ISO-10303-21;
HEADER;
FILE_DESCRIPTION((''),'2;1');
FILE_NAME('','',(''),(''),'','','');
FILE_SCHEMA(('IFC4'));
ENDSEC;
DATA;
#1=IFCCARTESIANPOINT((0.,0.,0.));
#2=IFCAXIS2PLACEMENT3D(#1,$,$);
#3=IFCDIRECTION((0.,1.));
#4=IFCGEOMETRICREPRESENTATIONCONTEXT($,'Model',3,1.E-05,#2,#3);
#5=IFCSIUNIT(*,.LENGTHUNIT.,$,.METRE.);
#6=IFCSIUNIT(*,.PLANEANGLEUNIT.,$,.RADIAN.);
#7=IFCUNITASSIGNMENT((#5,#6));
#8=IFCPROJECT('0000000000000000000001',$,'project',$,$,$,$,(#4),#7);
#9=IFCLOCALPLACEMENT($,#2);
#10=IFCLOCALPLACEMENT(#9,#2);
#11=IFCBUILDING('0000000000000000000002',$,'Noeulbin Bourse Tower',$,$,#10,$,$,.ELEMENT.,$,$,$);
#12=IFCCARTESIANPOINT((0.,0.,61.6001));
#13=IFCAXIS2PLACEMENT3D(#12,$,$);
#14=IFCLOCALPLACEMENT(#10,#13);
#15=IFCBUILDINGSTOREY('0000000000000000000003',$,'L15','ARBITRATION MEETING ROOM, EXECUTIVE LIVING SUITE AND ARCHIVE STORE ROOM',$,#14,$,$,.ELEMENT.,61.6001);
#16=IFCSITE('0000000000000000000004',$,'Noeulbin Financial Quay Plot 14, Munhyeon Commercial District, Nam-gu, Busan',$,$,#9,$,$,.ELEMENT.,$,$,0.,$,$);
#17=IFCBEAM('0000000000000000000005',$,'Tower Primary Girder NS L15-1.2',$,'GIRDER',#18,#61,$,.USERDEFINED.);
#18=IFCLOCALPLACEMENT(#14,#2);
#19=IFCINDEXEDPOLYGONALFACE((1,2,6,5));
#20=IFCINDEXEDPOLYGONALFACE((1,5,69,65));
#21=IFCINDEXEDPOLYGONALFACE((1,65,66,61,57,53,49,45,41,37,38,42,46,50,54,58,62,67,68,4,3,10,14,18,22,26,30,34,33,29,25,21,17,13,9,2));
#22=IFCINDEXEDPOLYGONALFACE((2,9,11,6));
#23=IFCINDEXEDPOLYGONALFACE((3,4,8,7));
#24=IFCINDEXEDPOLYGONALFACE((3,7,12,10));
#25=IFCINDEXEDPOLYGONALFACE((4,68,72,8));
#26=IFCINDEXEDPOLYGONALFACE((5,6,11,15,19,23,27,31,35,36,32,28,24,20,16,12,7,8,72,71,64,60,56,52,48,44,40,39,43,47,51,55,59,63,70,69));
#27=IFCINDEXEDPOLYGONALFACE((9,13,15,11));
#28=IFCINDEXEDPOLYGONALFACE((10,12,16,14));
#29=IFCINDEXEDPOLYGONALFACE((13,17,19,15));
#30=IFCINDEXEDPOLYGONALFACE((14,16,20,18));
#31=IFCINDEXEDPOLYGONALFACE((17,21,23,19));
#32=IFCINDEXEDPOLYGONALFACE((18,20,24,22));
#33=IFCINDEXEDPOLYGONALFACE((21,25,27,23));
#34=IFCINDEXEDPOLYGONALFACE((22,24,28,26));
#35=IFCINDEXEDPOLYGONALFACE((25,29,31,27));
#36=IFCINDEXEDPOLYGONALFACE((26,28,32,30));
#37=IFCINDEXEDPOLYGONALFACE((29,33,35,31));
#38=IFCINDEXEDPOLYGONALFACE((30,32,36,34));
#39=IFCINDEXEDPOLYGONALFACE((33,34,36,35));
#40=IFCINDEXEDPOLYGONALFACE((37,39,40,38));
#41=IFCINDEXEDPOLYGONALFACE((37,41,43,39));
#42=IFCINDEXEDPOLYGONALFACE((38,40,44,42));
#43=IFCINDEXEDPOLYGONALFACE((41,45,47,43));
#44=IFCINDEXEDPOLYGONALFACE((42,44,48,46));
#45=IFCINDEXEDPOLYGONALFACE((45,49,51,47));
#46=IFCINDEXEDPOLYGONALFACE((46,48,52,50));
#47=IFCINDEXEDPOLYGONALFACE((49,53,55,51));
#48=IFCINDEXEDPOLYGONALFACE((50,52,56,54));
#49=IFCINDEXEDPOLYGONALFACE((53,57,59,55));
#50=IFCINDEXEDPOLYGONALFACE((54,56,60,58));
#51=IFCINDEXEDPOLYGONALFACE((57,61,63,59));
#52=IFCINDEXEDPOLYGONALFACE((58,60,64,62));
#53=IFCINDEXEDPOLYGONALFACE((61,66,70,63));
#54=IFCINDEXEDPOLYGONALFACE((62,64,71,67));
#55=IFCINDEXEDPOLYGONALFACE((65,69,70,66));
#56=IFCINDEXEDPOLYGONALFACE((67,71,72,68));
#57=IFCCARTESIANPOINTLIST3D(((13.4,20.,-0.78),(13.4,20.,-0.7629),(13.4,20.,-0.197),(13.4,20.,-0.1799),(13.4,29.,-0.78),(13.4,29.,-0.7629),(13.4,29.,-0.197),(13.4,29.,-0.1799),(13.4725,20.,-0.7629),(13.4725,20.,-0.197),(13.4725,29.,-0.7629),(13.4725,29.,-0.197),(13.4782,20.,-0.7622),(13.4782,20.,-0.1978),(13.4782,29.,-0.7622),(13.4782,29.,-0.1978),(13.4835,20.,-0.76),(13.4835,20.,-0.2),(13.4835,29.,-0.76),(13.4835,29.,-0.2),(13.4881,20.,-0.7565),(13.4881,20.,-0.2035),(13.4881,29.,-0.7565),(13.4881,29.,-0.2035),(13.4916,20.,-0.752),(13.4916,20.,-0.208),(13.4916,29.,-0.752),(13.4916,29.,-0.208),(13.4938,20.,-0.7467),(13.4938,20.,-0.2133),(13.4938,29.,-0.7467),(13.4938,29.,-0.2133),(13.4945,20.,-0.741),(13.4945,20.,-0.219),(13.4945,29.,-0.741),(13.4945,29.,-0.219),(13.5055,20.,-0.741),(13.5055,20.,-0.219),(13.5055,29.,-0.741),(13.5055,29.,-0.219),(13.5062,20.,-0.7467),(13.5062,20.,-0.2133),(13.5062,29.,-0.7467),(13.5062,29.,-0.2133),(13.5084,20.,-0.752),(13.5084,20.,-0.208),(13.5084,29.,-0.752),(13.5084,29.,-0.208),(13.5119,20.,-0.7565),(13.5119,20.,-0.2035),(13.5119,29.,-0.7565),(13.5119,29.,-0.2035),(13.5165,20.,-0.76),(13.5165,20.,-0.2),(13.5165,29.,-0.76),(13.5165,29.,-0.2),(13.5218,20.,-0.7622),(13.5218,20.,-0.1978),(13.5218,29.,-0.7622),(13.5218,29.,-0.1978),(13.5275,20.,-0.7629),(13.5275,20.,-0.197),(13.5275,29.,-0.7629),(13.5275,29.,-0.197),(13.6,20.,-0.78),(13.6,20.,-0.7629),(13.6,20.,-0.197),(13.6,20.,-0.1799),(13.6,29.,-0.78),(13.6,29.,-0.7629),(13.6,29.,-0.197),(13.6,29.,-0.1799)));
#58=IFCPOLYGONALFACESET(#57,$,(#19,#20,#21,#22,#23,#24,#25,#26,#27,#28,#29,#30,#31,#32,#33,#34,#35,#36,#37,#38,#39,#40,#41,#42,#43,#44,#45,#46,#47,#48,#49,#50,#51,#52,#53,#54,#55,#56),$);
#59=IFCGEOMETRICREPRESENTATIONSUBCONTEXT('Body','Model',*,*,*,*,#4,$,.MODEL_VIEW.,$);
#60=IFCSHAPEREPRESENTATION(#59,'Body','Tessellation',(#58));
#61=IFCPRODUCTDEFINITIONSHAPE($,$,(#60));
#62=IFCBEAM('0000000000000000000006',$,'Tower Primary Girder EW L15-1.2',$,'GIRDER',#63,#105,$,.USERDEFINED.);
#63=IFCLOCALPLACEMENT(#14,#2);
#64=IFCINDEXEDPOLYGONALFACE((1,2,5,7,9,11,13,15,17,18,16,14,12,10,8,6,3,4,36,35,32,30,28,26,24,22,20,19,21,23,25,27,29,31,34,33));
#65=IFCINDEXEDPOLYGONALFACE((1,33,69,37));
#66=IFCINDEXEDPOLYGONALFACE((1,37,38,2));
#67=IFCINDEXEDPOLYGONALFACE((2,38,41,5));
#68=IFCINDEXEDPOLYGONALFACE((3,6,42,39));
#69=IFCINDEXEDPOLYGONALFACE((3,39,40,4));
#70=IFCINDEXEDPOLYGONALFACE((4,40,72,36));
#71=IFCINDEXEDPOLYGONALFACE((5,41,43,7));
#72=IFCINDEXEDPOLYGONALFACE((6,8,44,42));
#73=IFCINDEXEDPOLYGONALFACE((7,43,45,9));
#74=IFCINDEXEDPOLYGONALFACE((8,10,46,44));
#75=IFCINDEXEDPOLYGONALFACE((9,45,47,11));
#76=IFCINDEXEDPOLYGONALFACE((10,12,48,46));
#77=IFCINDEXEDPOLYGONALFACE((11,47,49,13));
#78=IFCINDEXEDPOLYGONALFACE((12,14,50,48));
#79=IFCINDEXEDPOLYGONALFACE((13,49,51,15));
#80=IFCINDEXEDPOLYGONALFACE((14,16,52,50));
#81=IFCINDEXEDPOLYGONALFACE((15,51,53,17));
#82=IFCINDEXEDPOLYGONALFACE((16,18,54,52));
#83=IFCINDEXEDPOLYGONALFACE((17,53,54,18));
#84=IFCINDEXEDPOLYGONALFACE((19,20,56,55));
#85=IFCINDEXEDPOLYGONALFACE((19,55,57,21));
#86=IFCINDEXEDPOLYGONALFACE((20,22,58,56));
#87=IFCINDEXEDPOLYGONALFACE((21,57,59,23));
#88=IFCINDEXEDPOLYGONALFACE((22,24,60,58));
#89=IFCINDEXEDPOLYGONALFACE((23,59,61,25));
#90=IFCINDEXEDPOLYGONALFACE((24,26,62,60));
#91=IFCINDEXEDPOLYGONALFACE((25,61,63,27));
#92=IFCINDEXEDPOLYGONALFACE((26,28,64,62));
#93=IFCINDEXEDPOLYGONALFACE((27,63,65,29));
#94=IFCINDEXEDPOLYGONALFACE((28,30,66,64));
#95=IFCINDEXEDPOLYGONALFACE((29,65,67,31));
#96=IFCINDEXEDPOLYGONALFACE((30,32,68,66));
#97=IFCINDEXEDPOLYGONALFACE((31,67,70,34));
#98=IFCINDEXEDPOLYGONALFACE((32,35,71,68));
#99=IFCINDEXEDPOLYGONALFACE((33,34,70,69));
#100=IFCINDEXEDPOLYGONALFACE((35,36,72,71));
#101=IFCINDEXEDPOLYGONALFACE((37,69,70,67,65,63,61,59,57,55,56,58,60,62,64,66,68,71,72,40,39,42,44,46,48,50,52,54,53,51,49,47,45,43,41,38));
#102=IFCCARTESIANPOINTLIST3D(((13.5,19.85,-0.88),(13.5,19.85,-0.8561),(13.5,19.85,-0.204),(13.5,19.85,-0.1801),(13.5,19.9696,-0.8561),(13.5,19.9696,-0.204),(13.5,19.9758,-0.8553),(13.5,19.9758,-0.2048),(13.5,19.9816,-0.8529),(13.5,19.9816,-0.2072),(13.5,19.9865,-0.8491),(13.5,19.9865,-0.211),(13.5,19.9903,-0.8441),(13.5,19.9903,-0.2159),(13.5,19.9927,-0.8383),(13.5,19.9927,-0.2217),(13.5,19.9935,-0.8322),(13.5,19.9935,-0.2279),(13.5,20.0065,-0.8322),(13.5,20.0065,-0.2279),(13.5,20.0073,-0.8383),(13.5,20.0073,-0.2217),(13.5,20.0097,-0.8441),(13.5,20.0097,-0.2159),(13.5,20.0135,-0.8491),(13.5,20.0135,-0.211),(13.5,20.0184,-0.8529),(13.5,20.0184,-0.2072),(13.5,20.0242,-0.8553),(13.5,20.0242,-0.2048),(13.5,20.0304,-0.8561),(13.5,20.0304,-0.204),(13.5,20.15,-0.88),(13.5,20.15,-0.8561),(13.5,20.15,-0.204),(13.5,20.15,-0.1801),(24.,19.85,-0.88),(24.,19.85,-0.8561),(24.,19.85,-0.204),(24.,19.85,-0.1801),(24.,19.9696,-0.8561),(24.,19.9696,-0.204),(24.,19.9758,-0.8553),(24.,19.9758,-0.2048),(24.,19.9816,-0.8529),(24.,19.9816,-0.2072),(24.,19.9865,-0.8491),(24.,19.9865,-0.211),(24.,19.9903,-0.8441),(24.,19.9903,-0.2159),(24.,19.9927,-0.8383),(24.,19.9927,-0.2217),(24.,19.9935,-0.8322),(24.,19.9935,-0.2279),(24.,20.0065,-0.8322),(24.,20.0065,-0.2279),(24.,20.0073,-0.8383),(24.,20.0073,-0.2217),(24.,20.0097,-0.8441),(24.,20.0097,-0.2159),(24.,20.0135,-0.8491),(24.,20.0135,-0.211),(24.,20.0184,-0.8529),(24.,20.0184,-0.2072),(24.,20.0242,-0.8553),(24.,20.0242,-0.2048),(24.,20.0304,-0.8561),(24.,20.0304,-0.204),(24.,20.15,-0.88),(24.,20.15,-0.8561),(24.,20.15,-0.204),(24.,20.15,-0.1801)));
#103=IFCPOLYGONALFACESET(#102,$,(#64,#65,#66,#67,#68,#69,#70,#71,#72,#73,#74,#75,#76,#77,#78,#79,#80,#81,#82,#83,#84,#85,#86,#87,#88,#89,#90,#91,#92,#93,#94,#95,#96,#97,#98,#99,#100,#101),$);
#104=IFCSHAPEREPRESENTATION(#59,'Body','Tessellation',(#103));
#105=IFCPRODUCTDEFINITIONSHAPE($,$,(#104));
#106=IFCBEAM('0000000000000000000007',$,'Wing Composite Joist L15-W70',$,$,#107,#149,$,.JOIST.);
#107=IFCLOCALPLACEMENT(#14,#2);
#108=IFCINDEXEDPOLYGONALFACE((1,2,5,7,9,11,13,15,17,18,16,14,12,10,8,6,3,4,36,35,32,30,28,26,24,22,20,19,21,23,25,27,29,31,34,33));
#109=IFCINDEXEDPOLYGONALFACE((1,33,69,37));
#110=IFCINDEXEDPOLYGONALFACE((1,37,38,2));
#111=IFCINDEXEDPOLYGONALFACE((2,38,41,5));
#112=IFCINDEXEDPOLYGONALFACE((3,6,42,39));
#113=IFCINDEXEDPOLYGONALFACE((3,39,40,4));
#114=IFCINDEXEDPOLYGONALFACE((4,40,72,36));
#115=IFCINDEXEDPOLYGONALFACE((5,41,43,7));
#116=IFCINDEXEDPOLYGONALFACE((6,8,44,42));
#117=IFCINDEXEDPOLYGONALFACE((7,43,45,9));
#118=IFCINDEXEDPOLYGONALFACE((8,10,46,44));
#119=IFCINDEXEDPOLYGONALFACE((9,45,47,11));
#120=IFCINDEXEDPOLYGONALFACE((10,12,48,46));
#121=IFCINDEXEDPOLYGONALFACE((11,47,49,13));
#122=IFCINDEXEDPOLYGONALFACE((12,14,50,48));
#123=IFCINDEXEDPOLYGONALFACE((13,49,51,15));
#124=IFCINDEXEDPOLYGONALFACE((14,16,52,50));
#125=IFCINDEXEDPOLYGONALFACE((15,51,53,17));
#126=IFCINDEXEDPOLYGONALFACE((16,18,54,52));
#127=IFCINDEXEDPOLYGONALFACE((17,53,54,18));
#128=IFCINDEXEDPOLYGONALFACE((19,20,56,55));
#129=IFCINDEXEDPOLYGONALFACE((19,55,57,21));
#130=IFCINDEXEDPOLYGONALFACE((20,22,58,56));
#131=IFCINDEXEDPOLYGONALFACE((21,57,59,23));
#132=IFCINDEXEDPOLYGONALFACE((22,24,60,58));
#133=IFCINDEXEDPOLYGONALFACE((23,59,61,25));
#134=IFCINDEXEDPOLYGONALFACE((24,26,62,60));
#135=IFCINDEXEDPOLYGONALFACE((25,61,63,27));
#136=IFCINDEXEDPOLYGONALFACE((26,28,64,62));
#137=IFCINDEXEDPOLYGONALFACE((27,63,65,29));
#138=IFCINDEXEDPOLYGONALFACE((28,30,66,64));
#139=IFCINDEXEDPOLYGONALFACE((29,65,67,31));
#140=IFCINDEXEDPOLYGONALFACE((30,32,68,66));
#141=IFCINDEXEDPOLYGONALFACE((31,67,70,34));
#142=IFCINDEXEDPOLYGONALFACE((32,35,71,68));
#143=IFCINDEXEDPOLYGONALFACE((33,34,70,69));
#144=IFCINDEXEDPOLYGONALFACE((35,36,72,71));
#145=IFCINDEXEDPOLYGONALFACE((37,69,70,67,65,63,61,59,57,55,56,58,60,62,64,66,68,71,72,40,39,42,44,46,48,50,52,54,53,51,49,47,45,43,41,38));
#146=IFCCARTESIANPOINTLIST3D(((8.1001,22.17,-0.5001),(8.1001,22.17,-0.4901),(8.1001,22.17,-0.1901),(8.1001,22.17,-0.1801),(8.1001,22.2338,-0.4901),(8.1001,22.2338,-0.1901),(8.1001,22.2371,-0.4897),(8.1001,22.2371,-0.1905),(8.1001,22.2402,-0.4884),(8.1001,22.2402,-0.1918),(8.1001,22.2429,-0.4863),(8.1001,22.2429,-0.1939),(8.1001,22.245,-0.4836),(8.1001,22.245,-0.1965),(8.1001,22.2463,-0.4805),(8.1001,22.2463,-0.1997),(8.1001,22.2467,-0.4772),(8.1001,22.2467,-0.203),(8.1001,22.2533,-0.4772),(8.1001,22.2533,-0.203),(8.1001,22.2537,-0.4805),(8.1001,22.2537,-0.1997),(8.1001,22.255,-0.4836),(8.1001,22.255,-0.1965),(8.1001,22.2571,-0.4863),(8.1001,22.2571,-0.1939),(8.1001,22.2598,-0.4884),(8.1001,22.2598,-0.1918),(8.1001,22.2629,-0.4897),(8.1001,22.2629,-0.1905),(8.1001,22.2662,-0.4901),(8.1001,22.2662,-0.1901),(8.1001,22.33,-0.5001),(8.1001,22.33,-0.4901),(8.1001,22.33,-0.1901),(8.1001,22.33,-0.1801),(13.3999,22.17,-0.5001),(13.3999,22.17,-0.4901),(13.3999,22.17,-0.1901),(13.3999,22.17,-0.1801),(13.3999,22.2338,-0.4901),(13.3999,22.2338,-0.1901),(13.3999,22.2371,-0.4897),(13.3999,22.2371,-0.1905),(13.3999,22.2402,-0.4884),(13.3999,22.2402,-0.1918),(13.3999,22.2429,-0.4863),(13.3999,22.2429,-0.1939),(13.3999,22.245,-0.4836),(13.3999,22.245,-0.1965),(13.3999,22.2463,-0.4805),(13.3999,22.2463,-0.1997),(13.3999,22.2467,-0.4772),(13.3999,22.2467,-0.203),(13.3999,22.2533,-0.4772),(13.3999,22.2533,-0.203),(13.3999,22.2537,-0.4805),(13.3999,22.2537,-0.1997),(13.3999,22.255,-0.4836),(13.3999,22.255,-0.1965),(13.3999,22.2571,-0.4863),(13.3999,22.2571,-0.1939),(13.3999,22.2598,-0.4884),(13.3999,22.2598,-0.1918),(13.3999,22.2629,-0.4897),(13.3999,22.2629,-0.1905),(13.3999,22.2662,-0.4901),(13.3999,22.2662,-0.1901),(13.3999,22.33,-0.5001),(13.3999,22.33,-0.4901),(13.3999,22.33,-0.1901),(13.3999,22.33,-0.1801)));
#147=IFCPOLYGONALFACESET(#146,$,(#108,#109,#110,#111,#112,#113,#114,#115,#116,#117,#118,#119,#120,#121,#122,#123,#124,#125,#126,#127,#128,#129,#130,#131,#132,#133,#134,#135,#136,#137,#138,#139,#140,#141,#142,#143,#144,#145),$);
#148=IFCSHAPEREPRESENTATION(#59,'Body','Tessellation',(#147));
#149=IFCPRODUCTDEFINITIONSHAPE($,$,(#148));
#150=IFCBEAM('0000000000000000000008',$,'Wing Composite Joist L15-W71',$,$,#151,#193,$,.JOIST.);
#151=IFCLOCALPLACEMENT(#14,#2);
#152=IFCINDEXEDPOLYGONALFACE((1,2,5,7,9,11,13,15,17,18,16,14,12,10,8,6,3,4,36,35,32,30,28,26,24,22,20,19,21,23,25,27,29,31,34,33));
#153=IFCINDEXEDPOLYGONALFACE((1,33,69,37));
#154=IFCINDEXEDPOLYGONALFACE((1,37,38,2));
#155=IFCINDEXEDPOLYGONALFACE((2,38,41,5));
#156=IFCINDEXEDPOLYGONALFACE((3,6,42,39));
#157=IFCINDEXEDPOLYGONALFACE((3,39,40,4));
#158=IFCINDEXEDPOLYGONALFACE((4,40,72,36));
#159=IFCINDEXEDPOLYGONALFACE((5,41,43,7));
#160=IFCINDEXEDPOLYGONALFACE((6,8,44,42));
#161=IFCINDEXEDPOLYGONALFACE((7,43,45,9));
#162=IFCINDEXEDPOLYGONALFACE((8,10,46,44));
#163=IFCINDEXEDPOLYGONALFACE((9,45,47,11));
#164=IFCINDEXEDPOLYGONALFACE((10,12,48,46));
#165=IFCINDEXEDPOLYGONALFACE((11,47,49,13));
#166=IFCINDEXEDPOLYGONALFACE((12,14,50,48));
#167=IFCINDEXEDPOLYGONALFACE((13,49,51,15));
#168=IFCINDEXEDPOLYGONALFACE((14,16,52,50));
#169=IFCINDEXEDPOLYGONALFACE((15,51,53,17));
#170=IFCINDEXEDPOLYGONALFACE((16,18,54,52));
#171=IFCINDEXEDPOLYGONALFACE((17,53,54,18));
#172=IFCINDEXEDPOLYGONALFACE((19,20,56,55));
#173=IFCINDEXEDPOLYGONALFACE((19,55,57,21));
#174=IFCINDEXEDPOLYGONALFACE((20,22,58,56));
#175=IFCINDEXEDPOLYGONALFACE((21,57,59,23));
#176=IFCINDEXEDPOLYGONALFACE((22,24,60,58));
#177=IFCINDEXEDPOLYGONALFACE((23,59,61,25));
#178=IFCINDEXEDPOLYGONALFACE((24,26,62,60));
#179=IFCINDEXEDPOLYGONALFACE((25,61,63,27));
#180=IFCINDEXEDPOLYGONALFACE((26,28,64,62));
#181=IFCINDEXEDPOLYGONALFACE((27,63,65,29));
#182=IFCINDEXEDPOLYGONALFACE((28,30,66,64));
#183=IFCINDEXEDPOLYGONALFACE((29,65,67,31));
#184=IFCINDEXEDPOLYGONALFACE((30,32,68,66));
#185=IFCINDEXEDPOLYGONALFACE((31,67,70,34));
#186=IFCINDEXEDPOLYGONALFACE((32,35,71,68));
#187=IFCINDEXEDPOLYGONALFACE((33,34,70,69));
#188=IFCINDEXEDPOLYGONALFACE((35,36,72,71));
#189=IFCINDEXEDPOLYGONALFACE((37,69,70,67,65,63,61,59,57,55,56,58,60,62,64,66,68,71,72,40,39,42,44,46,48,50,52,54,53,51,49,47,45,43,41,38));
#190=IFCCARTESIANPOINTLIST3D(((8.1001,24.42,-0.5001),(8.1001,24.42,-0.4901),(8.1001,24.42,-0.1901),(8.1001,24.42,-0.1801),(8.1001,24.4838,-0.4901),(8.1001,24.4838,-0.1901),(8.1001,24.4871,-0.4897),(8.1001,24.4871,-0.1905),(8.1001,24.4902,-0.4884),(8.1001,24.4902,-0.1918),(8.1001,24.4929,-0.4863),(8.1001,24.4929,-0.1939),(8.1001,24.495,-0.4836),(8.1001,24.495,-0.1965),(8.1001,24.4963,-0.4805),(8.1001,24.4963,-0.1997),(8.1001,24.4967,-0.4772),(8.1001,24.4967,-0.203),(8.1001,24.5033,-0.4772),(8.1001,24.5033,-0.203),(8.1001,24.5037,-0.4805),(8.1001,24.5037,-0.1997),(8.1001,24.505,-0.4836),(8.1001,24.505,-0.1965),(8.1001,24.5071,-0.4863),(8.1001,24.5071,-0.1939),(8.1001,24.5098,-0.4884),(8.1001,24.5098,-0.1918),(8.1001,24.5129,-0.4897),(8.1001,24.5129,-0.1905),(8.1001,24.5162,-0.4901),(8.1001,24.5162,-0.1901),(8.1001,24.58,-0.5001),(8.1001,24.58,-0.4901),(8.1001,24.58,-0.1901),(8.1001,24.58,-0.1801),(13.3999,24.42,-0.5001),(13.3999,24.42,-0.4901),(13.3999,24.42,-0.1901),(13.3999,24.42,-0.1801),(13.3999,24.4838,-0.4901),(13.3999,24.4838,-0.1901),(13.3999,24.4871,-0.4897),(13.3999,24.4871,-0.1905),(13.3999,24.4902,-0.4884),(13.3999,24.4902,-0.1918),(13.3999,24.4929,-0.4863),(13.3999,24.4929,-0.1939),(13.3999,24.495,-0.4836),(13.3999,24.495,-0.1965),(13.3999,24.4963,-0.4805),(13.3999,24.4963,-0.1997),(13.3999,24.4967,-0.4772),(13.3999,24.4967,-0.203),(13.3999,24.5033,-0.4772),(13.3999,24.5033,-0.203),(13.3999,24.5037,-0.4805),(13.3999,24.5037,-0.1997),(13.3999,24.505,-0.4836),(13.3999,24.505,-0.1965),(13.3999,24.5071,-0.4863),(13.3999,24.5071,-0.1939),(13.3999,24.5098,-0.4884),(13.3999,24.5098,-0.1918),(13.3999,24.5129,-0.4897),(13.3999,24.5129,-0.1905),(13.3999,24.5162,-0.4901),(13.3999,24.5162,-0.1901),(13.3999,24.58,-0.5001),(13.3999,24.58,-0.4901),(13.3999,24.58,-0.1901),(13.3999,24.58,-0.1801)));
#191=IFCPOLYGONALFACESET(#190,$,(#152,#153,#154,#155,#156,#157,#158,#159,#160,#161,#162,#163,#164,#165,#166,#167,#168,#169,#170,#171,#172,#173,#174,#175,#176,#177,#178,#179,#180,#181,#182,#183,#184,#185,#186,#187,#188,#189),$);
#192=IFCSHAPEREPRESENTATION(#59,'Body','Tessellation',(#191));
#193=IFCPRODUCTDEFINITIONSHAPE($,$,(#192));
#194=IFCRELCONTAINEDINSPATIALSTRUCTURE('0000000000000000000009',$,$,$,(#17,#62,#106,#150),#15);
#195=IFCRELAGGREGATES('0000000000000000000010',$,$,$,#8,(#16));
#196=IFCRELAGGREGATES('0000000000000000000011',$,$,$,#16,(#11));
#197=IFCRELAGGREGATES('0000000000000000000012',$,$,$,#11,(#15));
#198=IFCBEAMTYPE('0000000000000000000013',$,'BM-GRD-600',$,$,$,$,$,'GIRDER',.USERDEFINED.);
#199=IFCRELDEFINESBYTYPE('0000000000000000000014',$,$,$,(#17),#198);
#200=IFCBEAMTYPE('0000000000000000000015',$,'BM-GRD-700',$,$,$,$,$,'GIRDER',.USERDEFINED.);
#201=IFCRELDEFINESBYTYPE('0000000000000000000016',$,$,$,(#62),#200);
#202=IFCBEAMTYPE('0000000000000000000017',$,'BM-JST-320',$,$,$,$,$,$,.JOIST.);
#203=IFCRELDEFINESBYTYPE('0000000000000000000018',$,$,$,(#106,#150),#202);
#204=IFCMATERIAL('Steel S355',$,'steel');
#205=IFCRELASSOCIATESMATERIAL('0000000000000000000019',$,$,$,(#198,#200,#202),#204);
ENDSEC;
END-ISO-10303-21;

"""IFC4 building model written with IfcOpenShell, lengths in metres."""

from ifc_helpers import new_model, si_unit, direction, frame, origin, origin_2d, place, context, subcontext, project, spatial, i_section, extrude, material, material_profile, profile_set, type_object, element, save


model = new_model("IFC4")

# Units and contexts
model_context = context("Model", 3, precision=1e-05, world=origin(), true_north=direction((0.0, 1.0)))
body_context = subcontext(model_context, "Body", "Model", "MODEL_VIEW")
ifc_project = project(units=[si_unit("LENGTHUNIT", "METRE"), si_unit("PLANEANGLEUNIT", "RADIAN")], contexts=[model_context])

# Site, building, storey
site_placement = place(None, origin())
site = spatial("IfcSite", under=ifc_project, at=site_placement, Name="Noeulbin Financial Quay Plot 14, Munhyeon Commercial District, Nam-gu, Busan", CompositionType="ELEMENT", RefElevation=0.0)
building_placement = place(site_placement, origin())
building = spatial("IfcBuilding", under=site, at=building_placement, Name="Noeulbin Bourse Tower", CompositionType="ELEMENT")
storey_placement = place(building_placement, frame((0.0, 0.0, 61.6001)))
storey = spatial("IfcBuildingStorey", under=building, at=storey_placement, Name="L15", Description="ARBITRATION MEETING ROOM, EXECUTIVE LIVING SUITE AND ARCHIVE STORE ROOM", CompositionType="ELEMENT", Elevation=61.6001)

# Beams
ifc_material_1 = material(Name="Steel S355", Category="steel")
ifc_material_profile_1 = material_profile(ifc_material_1, i_section(OverallWidth=0.2, OverallDepth=0.6001, WebThickness=0.011, FlangeThickness=0.0171, FilletRadius=0.022, at=origin_2d()), Name="H-600x200x11x17", Category="LoadBearing")
ifc_profile_set_1 = profile_set([ifc_material_profile_1], Name="Steel S355")
beam_type_1 = type_object("IfcBeamType", Name="BM-GRD-600", ElementType="GIRDER", PredefinedType="USERDEFINED", material=ifc_profile_set_1)
beam_1_placement = place(storey_placement, frame((13.5, 20.0, -0.48), z_axis=(0.0, 1.0, 0.0), x_axis=(-1.0, 0.0, 0.0)))
element("IfcBeam", 1, at=beam_1_placement, inside=storey, type_object=beam_type_1, Name="Tower Primary Girder NS L15-1.2", ObjectType="GIRDER", PredefinedType="USERDEFINED", context=body_context, shape_type="SweptSolid", body=[
    extrude(i_section(OverallWidth=0.2, OverallDepth=0.6001, WebThickness=0.011, FlangeThickness=0.0171, FilletRadius=0.022, at=origin_2d()), origin(), (0.0, 0.0, 1.0), 9.0),
])
ifc_material_profile_2 = material_profile(ifc_material_1, i_section(OverallWidth=0.3, OverallDepth=0.7, WebThickness=0.0129, FlangeThickness=0.0239, FilletRadius=0.0239, at=origin_2d()), Name="H-700x300x13x24", Category="LoadBearing")
ifc_profile_set_2 = profile_set([ifc_material_profile_2], Name="Steel S355")
beam_type_2 = type_object("IfcBeamType", Name="BM-GRD-700", ElementType="GIRDER", PredefinedType="USERDEFINED", material=ifc_profile_set_2)
beam_2_placement = place(storey_placement, frame((13.5, 20.0, -0.53), z_axis=(1.0, 0.0, 0.0), x_axis=(0.0, 1.0, 0.0)))
element("IfcBeam", 2, at=beam_2_placement, inside=storey, type_object=beam_type_2, Name="Tower Primary Girder EW L15-1.2", ObjectType="GIRDER", PredefinedType="USERDEFINED", context=body_context, shape_type="SweptSolid", body=[
    extrude(i_section(OverallWidth=0.3, OverallDepth=0.7, WebThickness=0.0129, FlangeThickness=0.0239, FilletRadius=0.0239, at=origin_2d()), origin(), (0.0, 0.0, 1.0), 10.5),
])
ifc_material_profile_3 = material_profile(ifc_material_1, i_section(OverallWidth=0.1599, OverallDepth=0.3201, WebThickness=0.0066, FlangeThickness=0.01, FilletRadius=0.0129, at=origin_2d()), Name="H-320x160x6.5x10", Category="LoadBearing")
ifc_profile_set_3 = profile_set([ifc_material_profile_3], Name="Steel S355")
beam_type_3 = type_object("IfcBeamType", Name="BM-JST-320", PredefinedType="JOIST", material=ifc_profile_set_3)
for number, where, z_axis, x_axis, name in (
    (3, (8.1001, 22.25, -0.3401), (1.0, 0.0, 0.0), (0.0, 1.0, 0.0), "Wing Composite Joist L15-W70"),
    (4, (8.1001, 24.5, -0.3401), (1.0, 0.0, 0.0), (0.0, 1.0, 0.0), "Wing Composite Joist L15-W71"),
):
    element("IfcBeam", number, at=place(storey_placement, frame(where, z_axis=z_axis, x_axis=x_axis)), inside=storey, type_object=beam_type_3, Name=name, PredefinedType="JOIST", context=body_context, shape_type="SweptSolid", body=[
        extrude(i_section(OverallWidth=0.1599, OverallDepth=0.3201, WebThickness=0.0066, FlangeThickness=0.01, FilletRadius=0.0129, at=origin_2d()), origin(), (0.0, 0.0, 1.0), 5.2998),
    ])

save(model, "model.ifc")
